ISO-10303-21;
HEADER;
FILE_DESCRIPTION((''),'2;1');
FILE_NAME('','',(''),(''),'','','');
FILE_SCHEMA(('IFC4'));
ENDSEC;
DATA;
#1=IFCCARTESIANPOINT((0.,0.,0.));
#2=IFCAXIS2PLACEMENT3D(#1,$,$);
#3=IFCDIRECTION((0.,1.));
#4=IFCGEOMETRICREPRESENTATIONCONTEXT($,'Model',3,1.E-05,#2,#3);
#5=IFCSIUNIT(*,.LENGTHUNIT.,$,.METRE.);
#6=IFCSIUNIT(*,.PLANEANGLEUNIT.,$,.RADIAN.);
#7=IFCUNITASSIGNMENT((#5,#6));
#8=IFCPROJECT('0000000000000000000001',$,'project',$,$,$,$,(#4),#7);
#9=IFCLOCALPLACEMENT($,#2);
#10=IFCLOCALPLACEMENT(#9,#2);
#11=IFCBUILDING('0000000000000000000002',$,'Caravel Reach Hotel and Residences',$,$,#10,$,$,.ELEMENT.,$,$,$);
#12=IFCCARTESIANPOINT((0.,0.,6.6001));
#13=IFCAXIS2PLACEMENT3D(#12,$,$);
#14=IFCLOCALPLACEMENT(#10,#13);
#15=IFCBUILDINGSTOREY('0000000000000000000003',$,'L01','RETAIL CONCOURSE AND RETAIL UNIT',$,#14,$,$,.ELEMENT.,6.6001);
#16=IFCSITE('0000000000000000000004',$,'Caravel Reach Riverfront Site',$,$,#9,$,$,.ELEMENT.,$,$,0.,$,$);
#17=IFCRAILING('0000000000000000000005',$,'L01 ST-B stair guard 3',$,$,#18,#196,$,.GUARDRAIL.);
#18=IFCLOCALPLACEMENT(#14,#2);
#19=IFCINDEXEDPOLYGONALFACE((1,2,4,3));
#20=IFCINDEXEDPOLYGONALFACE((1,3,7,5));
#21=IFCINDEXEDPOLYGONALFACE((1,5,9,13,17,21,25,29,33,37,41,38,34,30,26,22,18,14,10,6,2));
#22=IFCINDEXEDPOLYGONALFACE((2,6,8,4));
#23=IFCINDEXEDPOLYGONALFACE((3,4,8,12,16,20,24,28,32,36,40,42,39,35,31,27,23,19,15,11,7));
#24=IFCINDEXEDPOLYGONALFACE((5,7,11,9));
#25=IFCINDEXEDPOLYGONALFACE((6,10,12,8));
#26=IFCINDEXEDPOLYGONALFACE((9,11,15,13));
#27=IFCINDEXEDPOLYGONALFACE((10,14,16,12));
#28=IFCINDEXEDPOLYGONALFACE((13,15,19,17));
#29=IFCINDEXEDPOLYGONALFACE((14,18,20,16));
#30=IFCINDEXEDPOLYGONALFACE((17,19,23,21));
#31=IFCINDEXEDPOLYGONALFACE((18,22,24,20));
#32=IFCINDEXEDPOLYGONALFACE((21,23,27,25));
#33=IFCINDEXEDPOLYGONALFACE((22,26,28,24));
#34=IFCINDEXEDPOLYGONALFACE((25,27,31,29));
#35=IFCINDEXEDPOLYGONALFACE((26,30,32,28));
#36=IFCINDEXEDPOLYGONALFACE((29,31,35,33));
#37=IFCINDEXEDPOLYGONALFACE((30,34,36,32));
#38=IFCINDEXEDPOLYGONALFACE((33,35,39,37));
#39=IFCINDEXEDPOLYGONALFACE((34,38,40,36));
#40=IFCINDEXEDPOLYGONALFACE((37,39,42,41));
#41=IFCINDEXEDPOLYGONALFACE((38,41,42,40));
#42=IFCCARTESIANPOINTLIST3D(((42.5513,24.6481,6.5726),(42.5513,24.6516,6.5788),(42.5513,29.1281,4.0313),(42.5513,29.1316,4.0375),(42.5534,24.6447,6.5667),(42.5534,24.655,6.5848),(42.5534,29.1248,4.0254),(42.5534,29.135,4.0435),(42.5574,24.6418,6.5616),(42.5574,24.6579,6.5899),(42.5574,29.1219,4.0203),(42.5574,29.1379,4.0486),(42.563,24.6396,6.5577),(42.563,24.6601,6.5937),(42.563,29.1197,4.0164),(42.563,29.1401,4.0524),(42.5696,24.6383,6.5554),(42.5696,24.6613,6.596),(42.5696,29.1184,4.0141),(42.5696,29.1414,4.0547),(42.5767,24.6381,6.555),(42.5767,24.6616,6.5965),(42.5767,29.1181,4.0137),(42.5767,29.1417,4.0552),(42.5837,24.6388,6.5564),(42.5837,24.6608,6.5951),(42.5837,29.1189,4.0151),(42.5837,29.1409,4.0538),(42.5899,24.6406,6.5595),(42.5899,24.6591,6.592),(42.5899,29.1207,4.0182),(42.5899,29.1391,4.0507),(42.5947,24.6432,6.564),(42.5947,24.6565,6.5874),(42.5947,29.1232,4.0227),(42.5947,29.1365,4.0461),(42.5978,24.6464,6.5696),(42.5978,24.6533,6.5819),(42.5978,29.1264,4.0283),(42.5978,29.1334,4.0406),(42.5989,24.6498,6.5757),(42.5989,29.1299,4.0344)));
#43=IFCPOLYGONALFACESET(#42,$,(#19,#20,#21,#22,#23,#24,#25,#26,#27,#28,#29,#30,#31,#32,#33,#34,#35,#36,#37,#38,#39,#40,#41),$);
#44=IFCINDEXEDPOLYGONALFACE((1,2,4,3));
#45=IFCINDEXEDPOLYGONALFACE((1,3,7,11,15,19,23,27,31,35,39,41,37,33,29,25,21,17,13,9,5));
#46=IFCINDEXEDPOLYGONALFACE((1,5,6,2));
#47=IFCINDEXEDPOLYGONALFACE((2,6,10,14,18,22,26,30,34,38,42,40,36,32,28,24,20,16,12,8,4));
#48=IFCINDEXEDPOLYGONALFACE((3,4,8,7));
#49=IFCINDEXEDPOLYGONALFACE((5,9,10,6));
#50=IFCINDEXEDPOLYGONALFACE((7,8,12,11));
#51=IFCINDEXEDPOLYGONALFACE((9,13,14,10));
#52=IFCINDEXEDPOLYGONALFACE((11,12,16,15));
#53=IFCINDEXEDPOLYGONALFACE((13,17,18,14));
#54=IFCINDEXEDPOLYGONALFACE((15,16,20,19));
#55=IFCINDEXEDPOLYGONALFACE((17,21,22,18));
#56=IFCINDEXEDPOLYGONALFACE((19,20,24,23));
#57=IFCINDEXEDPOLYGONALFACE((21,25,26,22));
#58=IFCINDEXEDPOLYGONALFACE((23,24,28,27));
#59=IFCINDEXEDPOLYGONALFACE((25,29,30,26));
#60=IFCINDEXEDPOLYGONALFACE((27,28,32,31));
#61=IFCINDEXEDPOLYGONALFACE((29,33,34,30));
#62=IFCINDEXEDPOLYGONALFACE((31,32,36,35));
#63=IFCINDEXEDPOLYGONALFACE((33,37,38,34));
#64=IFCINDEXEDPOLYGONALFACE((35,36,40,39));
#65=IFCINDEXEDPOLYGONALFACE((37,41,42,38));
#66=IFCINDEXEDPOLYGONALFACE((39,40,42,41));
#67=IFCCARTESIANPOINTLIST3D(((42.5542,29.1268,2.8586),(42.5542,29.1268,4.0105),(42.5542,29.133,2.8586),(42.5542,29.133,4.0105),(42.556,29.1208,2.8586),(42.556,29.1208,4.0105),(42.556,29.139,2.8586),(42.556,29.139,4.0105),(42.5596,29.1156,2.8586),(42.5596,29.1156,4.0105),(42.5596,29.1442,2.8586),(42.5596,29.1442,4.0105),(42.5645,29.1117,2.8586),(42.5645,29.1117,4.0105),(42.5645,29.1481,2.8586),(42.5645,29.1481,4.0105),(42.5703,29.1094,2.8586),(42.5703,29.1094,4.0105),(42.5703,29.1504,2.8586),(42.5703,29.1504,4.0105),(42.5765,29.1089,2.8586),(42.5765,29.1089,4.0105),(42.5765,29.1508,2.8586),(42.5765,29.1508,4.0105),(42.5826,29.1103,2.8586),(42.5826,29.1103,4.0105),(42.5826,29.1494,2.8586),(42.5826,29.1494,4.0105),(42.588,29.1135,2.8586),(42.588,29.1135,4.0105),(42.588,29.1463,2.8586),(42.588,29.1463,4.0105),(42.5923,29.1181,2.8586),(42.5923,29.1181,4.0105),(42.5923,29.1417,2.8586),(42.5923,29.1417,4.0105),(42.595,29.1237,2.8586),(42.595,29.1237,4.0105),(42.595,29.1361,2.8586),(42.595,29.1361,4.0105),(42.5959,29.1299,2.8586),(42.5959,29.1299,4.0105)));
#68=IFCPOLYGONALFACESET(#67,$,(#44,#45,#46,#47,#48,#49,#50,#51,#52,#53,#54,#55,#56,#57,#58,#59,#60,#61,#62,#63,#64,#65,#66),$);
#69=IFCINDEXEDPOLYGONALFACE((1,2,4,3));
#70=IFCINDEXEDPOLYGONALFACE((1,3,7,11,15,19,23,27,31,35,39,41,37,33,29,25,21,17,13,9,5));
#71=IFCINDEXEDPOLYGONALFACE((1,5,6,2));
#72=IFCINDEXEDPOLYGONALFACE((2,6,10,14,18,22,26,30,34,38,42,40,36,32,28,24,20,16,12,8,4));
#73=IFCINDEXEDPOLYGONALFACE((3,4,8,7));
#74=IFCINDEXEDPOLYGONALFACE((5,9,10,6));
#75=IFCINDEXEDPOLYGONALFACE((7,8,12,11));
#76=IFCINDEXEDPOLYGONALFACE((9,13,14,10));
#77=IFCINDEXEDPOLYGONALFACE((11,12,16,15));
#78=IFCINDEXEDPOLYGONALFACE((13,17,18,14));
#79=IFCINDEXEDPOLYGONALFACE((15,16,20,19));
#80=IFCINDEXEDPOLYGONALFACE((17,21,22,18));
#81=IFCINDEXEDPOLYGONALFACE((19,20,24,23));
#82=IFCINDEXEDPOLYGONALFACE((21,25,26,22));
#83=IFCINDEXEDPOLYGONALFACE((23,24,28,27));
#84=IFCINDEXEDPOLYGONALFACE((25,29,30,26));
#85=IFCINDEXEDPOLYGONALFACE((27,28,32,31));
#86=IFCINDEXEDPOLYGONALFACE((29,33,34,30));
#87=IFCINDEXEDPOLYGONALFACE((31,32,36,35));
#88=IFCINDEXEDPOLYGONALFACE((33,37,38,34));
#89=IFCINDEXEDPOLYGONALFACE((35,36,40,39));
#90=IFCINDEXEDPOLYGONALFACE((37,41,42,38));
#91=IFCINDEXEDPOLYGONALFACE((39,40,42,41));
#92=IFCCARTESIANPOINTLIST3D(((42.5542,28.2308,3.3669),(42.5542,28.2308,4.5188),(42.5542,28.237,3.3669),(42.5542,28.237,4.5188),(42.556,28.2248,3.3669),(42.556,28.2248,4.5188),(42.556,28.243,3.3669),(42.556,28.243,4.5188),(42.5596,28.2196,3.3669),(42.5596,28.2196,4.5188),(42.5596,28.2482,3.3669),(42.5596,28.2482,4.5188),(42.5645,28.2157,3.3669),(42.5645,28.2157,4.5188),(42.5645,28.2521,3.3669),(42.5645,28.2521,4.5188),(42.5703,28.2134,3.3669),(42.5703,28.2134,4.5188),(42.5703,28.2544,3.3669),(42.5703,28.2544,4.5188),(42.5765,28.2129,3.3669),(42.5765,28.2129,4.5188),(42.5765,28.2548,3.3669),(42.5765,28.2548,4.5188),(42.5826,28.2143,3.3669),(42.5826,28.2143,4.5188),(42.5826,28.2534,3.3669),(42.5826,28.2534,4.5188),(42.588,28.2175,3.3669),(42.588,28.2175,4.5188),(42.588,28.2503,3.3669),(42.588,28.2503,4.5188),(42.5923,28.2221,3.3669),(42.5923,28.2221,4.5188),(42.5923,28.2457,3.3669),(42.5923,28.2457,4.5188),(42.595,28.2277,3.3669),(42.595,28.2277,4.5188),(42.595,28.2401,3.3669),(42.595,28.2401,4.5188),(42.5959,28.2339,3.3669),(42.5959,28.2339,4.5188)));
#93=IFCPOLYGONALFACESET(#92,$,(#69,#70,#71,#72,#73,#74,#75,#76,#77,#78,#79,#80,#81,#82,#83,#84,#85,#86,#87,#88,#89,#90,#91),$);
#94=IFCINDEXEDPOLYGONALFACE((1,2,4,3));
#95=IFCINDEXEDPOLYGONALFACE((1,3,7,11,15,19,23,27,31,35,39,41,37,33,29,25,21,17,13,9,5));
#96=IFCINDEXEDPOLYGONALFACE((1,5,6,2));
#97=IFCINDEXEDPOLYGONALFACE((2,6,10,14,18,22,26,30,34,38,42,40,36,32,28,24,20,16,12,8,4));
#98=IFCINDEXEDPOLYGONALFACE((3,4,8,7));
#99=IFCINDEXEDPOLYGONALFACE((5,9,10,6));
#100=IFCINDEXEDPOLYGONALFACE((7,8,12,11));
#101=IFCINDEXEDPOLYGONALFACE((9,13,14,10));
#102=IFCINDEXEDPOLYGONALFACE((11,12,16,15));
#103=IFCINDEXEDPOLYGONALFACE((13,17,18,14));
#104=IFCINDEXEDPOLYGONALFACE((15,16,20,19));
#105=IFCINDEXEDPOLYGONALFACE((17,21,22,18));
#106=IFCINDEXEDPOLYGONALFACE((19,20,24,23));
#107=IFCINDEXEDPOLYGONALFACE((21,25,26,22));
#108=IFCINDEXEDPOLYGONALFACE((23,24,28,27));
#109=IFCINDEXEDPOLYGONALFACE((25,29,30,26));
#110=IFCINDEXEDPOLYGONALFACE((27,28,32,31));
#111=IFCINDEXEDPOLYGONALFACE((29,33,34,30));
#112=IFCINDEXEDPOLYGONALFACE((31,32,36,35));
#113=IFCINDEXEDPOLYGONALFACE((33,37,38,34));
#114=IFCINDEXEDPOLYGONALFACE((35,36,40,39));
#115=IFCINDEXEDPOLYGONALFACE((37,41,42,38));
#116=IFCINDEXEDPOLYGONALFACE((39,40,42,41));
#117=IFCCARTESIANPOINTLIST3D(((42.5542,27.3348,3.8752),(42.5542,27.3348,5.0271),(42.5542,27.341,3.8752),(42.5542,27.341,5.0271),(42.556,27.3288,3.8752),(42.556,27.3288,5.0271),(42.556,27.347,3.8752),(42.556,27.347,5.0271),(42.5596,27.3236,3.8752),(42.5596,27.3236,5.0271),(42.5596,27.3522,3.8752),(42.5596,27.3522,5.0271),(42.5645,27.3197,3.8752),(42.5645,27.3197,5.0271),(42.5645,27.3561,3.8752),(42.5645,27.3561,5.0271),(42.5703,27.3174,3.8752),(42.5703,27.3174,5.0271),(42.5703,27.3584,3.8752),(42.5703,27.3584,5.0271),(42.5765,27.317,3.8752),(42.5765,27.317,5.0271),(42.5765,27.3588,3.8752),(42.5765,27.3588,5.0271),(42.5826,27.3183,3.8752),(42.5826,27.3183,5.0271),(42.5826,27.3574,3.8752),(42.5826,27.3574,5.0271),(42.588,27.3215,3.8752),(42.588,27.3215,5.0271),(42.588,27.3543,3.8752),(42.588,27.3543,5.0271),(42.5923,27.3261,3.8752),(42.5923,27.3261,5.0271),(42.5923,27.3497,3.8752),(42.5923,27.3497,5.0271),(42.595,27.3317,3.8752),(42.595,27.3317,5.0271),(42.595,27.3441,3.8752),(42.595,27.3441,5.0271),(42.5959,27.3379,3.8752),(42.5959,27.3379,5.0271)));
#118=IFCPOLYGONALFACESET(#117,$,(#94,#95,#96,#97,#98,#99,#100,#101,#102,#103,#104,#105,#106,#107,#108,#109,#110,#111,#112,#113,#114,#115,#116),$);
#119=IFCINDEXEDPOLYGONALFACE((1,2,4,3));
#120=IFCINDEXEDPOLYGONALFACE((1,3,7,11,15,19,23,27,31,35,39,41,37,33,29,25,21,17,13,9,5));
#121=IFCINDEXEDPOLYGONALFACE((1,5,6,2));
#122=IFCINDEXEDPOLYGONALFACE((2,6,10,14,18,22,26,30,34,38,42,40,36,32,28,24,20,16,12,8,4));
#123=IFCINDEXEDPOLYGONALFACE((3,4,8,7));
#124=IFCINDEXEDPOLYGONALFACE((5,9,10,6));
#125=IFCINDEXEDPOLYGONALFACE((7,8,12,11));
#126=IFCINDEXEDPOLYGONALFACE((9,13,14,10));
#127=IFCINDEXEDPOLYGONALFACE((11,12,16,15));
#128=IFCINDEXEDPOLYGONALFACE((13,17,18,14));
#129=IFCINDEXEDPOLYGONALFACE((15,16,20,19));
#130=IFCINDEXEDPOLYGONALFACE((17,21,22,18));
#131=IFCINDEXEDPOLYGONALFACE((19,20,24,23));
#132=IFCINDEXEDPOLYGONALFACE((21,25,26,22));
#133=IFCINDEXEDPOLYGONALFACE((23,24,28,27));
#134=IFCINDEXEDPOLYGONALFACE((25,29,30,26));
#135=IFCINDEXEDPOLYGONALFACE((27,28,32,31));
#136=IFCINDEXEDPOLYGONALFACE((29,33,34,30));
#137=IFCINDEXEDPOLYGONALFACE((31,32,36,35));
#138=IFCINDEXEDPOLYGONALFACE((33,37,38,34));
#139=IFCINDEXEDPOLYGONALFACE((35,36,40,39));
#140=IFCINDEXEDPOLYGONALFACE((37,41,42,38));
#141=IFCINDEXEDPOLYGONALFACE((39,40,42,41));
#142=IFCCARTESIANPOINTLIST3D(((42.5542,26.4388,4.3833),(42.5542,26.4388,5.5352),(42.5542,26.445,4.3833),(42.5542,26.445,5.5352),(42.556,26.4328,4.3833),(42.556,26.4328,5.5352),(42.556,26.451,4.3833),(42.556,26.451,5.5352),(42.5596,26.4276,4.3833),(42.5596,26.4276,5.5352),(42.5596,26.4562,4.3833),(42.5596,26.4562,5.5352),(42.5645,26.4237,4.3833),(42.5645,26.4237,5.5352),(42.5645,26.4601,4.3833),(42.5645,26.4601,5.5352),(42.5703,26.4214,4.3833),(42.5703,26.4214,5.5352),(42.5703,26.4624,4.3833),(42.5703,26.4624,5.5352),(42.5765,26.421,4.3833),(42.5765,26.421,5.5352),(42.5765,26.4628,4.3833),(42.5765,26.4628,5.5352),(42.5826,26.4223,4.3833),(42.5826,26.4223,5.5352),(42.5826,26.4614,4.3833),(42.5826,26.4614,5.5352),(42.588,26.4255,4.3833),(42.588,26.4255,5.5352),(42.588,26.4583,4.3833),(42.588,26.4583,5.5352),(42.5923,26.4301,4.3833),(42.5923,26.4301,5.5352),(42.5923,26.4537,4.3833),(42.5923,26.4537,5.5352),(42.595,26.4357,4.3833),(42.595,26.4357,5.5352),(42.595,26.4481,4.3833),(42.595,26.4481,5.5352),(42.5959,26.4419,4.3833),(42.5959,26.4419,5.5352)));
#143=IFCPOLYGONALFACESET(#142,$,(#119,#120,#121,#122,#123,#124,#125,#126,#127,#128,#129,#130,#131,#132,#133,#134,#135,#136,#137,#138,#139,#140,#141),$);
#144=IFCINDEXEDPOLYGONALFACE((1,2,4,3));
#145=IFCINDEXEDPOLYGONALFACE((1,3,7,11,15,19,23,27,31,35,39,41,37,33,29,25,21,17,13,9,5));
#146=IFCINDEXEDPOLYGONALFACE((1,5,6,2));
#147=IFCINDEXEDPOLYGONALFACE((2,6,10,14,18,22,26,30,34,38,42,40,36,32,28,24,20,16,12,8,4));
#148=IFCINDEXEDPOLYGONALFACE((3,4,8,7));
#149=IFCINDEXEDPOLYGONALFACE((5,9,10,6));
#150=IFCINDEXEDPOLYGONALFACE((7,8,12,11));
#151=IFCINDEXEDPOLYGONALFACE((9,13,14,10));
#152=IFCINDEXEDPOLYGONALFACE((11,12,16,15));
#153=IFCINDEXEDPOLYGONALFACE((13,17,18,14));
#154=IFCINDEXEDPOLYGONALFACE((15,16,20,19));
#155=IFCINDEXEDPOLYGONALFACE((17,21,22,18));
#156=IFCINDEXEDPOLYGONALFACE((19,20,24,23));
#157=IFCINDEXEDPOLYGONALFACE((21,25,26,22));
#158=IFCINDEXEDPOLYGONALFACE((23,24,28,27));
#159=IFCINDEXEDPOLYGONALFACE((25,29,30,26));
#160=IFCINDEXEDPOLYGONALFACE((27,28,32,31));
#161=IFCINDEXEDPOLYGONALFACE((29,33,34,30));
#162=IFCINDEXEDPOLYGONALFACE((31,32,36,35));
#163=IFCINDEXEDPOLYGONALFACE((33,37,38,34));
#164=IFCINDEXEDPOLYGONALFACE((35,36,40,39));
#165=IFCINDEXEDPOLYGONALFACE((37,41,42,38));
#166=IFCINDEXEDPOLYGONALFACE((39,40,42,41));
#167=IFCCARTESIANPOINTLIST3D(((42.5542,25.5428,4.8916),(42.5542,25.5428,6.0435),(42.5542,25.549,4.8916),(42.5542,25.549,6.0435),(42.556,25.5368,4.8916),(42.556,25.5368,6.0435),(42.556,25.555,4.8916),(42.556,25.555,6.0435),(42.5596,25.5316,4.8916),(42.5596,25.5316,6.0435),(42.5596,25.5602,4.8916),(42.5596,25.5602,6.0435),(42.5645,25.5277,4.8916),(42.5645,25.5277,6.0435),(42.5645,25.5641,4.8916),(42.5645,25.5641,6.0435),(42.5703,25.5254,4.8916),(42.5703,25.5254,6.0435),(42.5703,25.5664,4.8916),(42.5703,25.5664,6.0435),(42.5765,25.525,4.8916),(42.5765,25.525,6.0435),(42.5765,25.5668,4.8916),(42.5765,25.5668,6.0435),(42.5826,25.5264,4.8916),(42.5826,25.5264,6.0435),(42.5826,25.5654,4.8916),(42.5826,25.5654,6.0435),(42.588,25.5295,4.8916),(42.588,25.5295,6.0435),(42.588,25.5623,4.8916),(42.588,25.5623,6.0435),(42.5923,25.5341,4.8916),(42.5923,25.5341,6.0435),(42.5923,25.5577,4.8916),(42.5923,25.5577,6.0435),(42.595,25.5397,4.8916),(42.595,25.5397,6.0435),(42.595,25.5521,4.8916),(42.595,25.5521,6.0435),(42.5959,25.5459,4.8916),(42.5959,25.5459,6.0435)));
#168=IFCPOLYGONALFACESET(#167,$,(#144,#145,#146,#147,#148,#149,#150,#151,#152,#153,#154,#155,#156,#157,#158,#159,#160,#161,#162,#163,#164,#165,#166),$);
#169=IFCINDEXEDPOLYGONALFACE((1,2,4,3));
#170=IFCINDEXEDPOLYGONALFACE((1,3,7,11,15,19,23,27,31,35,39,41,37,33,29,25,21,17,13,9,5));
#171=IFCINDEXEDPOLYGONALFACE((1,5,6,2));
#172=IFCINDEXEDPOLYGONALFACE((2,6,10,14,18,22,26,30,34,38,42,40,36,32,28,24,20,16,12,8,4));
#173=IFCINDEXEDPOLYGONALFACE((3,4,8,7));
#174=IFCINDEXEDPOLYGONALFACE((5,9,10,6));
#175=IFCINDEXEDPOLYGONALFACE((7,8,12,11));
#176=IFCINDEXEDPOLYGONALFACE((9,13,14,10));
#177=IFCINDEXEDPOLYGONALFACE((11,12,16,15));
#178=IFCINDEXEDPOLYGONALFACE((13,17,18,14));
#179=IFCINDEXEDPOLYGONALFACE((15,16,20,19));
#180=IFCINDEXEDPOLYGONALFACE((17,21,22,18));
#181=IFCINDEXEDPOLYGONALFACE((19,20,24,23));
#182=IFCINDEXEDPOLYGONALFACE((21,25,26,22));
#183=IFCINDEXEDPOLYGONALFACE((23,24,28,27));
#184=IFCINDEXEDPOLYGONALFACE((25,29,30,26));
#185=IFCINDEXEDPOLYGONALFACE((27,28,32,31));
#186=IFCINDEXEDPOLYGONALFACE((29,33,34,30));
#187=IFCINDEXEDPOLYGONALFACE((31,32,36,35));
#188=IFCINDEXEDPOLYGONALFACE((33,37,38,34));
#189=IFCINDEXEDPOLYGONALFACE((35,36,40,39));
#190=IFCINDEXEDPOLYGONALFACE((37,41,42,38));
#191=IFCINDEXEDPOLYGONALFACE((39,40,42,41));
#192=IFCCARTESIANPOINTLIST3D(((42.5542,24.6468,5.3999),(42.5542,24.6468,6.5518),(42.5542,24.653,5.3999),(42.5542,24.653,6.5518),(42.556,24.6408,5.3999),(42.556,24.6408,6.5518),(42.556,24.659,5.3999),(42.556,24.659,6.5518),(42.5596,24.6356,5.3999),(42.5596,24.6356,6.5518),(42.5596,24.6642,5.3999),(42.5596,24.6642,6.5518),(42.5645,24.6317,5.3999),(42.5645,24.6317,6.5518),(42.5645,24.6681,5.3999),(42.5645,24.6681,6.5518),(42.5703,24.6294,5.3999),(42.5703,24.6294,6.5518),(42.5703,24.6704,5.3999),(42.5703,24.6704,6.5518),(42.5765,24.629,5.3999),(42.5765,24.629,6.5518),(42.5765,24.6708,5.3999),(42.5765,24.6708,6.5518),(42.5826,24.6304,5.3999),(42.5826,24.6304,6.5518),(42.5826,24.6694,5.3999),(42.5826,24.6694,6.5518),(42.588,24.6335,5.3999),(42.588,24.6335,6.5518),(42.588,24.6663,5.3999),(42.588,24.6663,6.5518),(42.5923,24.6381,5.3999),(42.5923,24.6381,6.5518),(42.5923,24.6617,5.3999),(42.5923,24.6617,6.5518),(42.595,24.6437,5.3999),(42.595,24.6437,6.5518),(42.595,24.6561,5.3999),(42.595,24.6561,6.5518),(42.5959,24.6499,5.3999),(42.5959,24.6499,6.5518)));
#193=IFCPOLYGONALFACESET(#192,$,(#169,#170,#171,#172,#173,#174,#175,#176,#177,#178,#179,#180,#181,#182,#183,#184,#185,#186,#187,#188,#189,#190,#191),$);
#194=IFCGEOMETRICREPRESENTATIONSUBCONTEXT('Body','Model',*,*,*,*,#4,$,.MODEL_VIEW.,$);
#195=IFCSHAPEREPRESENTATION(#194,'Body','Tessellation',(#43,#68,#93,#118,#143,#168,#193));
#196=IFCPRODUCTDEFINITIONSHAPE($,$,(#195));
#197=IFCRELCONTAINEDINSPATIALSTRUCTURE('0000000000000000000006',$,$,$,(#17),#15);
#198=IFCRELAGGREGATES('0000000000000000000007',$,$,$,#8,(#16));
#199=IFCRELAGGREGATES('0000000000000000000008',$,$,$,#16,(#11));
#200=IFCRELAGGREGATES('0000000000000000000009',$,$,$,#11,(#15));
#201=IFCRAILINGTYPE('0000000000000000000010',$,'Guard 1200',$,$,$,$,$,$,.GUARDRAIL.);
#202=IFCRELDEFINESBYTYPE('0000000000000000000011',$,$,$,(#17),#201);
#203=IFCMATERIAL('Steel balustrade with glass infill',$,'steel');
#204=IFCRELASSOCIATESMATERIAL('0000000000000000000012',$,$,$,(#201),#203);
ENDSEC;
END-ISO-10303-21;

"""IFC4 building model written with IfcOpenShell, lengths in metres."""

from ifc_helpers import new_model, si_unit, direction, frame, origin, origin_2d, place, context, subcontext, project, spatial, circle, extrude, material, type_object, element, save


model = new_model("IFC4")

# Units and contexts
model_context = context("Model", 3, precision=1e-05, world=origin(), true_north=direction((0.0, 1.0)))
body_context = subcontext(model_context, "Body", "Model", "MODEL_VIEW")
ifc_project = project(units=[si_unit("LENGTHUNIT", "METRE"), si_unit("PLANEANGLEUNIT", "RADIAN")], contexts=[model_context])

# Site, building, storey
site_placement = place(None, origin())
site = spatial("IfcSite", under=ifc_project, at=site_placement, Name="Caravel Reach Riverfront Site", CompositionType="ELEMENT", RefElevation=0.0)
building_placement = place(site_placement, origin())
building = spatial("IfcBuilding", under=site, at=building_placement, Name="Caravel Reach Hotel and Residences", CompositionType="ELEMENT")
storey_placement = place(building_placement, frame((0.0, 0.0, 6.6001)))
storey = spatial("IfcBuildingStorey", under=building, at=storey_placement, Name="L01", Description="RETAIL CONCOURSE AND RETAIL UNIT", CompositionType="ELEMENT", Elevation=6.6001)

# Railing
ifc_material_1 = material(Name="Steel balustrade with glass infill", Category="steel")
railing_type_1 = type_object("IfcRailingType", Name="Guard 1200", PredefinedType="GUARDRAIL", material=ifc_material_1)
railing_1_placement = place(storey_placement, frame((42.575, 29.1299, 2.8586)))
element("IfcRailing", 1, at=railing_1_placement, inside=storey, type_object=railing_type_1, Name="L01 ST-B stair guard 3", PredefinedType="GUARDRAIL", context=body_context, shape_type="SweptSolid", body=[
    extrude(circle(Radius=0.0239, at=origin_2d()), frame((0.0, 0.0, 1.1758), z_axis=(0.0, -0.869805, 0.493395), x_axis=(1.0, 0.0, 0.0)), (0.0, 0.0, 1.0), 5.1506),
    extrude(circle(Radius=0.021, at=origin_2d()), origin(), (0.0, 0.0, 1.0), 1.1519),
    extrude(circle(Radius=0.021, at=origin_2d()), frame((0.0, -0.896, 0.5083)), (0.0, 0.0, 1.0), 1.1519),
    extrude(circle(Radius=0.021, at=origin_2d()), frame((0.0, -1.792, 1.0166)), (0.0, 0.0, 1.0), 1.1519),
    extrude(circle(Radius=0.021, at=origin_2d()), frame((0.0, -2.688, 1.5247)), (0.0, 0.0, 1.0), 1.1519),
    extrude(circle(Radius=0.021, at=origin_2d()), frame((0.0, -3.584, 2.033)), (0.0, 0.0, 1.0), 1.1519),
    extrude(circle(Radius=0.021, at=origin_2d()), frame((0.0, -4.48, 2.5413)), (0.0, 0.0, 1.0), 1.1519),
])

save(model, "model.ifc")
